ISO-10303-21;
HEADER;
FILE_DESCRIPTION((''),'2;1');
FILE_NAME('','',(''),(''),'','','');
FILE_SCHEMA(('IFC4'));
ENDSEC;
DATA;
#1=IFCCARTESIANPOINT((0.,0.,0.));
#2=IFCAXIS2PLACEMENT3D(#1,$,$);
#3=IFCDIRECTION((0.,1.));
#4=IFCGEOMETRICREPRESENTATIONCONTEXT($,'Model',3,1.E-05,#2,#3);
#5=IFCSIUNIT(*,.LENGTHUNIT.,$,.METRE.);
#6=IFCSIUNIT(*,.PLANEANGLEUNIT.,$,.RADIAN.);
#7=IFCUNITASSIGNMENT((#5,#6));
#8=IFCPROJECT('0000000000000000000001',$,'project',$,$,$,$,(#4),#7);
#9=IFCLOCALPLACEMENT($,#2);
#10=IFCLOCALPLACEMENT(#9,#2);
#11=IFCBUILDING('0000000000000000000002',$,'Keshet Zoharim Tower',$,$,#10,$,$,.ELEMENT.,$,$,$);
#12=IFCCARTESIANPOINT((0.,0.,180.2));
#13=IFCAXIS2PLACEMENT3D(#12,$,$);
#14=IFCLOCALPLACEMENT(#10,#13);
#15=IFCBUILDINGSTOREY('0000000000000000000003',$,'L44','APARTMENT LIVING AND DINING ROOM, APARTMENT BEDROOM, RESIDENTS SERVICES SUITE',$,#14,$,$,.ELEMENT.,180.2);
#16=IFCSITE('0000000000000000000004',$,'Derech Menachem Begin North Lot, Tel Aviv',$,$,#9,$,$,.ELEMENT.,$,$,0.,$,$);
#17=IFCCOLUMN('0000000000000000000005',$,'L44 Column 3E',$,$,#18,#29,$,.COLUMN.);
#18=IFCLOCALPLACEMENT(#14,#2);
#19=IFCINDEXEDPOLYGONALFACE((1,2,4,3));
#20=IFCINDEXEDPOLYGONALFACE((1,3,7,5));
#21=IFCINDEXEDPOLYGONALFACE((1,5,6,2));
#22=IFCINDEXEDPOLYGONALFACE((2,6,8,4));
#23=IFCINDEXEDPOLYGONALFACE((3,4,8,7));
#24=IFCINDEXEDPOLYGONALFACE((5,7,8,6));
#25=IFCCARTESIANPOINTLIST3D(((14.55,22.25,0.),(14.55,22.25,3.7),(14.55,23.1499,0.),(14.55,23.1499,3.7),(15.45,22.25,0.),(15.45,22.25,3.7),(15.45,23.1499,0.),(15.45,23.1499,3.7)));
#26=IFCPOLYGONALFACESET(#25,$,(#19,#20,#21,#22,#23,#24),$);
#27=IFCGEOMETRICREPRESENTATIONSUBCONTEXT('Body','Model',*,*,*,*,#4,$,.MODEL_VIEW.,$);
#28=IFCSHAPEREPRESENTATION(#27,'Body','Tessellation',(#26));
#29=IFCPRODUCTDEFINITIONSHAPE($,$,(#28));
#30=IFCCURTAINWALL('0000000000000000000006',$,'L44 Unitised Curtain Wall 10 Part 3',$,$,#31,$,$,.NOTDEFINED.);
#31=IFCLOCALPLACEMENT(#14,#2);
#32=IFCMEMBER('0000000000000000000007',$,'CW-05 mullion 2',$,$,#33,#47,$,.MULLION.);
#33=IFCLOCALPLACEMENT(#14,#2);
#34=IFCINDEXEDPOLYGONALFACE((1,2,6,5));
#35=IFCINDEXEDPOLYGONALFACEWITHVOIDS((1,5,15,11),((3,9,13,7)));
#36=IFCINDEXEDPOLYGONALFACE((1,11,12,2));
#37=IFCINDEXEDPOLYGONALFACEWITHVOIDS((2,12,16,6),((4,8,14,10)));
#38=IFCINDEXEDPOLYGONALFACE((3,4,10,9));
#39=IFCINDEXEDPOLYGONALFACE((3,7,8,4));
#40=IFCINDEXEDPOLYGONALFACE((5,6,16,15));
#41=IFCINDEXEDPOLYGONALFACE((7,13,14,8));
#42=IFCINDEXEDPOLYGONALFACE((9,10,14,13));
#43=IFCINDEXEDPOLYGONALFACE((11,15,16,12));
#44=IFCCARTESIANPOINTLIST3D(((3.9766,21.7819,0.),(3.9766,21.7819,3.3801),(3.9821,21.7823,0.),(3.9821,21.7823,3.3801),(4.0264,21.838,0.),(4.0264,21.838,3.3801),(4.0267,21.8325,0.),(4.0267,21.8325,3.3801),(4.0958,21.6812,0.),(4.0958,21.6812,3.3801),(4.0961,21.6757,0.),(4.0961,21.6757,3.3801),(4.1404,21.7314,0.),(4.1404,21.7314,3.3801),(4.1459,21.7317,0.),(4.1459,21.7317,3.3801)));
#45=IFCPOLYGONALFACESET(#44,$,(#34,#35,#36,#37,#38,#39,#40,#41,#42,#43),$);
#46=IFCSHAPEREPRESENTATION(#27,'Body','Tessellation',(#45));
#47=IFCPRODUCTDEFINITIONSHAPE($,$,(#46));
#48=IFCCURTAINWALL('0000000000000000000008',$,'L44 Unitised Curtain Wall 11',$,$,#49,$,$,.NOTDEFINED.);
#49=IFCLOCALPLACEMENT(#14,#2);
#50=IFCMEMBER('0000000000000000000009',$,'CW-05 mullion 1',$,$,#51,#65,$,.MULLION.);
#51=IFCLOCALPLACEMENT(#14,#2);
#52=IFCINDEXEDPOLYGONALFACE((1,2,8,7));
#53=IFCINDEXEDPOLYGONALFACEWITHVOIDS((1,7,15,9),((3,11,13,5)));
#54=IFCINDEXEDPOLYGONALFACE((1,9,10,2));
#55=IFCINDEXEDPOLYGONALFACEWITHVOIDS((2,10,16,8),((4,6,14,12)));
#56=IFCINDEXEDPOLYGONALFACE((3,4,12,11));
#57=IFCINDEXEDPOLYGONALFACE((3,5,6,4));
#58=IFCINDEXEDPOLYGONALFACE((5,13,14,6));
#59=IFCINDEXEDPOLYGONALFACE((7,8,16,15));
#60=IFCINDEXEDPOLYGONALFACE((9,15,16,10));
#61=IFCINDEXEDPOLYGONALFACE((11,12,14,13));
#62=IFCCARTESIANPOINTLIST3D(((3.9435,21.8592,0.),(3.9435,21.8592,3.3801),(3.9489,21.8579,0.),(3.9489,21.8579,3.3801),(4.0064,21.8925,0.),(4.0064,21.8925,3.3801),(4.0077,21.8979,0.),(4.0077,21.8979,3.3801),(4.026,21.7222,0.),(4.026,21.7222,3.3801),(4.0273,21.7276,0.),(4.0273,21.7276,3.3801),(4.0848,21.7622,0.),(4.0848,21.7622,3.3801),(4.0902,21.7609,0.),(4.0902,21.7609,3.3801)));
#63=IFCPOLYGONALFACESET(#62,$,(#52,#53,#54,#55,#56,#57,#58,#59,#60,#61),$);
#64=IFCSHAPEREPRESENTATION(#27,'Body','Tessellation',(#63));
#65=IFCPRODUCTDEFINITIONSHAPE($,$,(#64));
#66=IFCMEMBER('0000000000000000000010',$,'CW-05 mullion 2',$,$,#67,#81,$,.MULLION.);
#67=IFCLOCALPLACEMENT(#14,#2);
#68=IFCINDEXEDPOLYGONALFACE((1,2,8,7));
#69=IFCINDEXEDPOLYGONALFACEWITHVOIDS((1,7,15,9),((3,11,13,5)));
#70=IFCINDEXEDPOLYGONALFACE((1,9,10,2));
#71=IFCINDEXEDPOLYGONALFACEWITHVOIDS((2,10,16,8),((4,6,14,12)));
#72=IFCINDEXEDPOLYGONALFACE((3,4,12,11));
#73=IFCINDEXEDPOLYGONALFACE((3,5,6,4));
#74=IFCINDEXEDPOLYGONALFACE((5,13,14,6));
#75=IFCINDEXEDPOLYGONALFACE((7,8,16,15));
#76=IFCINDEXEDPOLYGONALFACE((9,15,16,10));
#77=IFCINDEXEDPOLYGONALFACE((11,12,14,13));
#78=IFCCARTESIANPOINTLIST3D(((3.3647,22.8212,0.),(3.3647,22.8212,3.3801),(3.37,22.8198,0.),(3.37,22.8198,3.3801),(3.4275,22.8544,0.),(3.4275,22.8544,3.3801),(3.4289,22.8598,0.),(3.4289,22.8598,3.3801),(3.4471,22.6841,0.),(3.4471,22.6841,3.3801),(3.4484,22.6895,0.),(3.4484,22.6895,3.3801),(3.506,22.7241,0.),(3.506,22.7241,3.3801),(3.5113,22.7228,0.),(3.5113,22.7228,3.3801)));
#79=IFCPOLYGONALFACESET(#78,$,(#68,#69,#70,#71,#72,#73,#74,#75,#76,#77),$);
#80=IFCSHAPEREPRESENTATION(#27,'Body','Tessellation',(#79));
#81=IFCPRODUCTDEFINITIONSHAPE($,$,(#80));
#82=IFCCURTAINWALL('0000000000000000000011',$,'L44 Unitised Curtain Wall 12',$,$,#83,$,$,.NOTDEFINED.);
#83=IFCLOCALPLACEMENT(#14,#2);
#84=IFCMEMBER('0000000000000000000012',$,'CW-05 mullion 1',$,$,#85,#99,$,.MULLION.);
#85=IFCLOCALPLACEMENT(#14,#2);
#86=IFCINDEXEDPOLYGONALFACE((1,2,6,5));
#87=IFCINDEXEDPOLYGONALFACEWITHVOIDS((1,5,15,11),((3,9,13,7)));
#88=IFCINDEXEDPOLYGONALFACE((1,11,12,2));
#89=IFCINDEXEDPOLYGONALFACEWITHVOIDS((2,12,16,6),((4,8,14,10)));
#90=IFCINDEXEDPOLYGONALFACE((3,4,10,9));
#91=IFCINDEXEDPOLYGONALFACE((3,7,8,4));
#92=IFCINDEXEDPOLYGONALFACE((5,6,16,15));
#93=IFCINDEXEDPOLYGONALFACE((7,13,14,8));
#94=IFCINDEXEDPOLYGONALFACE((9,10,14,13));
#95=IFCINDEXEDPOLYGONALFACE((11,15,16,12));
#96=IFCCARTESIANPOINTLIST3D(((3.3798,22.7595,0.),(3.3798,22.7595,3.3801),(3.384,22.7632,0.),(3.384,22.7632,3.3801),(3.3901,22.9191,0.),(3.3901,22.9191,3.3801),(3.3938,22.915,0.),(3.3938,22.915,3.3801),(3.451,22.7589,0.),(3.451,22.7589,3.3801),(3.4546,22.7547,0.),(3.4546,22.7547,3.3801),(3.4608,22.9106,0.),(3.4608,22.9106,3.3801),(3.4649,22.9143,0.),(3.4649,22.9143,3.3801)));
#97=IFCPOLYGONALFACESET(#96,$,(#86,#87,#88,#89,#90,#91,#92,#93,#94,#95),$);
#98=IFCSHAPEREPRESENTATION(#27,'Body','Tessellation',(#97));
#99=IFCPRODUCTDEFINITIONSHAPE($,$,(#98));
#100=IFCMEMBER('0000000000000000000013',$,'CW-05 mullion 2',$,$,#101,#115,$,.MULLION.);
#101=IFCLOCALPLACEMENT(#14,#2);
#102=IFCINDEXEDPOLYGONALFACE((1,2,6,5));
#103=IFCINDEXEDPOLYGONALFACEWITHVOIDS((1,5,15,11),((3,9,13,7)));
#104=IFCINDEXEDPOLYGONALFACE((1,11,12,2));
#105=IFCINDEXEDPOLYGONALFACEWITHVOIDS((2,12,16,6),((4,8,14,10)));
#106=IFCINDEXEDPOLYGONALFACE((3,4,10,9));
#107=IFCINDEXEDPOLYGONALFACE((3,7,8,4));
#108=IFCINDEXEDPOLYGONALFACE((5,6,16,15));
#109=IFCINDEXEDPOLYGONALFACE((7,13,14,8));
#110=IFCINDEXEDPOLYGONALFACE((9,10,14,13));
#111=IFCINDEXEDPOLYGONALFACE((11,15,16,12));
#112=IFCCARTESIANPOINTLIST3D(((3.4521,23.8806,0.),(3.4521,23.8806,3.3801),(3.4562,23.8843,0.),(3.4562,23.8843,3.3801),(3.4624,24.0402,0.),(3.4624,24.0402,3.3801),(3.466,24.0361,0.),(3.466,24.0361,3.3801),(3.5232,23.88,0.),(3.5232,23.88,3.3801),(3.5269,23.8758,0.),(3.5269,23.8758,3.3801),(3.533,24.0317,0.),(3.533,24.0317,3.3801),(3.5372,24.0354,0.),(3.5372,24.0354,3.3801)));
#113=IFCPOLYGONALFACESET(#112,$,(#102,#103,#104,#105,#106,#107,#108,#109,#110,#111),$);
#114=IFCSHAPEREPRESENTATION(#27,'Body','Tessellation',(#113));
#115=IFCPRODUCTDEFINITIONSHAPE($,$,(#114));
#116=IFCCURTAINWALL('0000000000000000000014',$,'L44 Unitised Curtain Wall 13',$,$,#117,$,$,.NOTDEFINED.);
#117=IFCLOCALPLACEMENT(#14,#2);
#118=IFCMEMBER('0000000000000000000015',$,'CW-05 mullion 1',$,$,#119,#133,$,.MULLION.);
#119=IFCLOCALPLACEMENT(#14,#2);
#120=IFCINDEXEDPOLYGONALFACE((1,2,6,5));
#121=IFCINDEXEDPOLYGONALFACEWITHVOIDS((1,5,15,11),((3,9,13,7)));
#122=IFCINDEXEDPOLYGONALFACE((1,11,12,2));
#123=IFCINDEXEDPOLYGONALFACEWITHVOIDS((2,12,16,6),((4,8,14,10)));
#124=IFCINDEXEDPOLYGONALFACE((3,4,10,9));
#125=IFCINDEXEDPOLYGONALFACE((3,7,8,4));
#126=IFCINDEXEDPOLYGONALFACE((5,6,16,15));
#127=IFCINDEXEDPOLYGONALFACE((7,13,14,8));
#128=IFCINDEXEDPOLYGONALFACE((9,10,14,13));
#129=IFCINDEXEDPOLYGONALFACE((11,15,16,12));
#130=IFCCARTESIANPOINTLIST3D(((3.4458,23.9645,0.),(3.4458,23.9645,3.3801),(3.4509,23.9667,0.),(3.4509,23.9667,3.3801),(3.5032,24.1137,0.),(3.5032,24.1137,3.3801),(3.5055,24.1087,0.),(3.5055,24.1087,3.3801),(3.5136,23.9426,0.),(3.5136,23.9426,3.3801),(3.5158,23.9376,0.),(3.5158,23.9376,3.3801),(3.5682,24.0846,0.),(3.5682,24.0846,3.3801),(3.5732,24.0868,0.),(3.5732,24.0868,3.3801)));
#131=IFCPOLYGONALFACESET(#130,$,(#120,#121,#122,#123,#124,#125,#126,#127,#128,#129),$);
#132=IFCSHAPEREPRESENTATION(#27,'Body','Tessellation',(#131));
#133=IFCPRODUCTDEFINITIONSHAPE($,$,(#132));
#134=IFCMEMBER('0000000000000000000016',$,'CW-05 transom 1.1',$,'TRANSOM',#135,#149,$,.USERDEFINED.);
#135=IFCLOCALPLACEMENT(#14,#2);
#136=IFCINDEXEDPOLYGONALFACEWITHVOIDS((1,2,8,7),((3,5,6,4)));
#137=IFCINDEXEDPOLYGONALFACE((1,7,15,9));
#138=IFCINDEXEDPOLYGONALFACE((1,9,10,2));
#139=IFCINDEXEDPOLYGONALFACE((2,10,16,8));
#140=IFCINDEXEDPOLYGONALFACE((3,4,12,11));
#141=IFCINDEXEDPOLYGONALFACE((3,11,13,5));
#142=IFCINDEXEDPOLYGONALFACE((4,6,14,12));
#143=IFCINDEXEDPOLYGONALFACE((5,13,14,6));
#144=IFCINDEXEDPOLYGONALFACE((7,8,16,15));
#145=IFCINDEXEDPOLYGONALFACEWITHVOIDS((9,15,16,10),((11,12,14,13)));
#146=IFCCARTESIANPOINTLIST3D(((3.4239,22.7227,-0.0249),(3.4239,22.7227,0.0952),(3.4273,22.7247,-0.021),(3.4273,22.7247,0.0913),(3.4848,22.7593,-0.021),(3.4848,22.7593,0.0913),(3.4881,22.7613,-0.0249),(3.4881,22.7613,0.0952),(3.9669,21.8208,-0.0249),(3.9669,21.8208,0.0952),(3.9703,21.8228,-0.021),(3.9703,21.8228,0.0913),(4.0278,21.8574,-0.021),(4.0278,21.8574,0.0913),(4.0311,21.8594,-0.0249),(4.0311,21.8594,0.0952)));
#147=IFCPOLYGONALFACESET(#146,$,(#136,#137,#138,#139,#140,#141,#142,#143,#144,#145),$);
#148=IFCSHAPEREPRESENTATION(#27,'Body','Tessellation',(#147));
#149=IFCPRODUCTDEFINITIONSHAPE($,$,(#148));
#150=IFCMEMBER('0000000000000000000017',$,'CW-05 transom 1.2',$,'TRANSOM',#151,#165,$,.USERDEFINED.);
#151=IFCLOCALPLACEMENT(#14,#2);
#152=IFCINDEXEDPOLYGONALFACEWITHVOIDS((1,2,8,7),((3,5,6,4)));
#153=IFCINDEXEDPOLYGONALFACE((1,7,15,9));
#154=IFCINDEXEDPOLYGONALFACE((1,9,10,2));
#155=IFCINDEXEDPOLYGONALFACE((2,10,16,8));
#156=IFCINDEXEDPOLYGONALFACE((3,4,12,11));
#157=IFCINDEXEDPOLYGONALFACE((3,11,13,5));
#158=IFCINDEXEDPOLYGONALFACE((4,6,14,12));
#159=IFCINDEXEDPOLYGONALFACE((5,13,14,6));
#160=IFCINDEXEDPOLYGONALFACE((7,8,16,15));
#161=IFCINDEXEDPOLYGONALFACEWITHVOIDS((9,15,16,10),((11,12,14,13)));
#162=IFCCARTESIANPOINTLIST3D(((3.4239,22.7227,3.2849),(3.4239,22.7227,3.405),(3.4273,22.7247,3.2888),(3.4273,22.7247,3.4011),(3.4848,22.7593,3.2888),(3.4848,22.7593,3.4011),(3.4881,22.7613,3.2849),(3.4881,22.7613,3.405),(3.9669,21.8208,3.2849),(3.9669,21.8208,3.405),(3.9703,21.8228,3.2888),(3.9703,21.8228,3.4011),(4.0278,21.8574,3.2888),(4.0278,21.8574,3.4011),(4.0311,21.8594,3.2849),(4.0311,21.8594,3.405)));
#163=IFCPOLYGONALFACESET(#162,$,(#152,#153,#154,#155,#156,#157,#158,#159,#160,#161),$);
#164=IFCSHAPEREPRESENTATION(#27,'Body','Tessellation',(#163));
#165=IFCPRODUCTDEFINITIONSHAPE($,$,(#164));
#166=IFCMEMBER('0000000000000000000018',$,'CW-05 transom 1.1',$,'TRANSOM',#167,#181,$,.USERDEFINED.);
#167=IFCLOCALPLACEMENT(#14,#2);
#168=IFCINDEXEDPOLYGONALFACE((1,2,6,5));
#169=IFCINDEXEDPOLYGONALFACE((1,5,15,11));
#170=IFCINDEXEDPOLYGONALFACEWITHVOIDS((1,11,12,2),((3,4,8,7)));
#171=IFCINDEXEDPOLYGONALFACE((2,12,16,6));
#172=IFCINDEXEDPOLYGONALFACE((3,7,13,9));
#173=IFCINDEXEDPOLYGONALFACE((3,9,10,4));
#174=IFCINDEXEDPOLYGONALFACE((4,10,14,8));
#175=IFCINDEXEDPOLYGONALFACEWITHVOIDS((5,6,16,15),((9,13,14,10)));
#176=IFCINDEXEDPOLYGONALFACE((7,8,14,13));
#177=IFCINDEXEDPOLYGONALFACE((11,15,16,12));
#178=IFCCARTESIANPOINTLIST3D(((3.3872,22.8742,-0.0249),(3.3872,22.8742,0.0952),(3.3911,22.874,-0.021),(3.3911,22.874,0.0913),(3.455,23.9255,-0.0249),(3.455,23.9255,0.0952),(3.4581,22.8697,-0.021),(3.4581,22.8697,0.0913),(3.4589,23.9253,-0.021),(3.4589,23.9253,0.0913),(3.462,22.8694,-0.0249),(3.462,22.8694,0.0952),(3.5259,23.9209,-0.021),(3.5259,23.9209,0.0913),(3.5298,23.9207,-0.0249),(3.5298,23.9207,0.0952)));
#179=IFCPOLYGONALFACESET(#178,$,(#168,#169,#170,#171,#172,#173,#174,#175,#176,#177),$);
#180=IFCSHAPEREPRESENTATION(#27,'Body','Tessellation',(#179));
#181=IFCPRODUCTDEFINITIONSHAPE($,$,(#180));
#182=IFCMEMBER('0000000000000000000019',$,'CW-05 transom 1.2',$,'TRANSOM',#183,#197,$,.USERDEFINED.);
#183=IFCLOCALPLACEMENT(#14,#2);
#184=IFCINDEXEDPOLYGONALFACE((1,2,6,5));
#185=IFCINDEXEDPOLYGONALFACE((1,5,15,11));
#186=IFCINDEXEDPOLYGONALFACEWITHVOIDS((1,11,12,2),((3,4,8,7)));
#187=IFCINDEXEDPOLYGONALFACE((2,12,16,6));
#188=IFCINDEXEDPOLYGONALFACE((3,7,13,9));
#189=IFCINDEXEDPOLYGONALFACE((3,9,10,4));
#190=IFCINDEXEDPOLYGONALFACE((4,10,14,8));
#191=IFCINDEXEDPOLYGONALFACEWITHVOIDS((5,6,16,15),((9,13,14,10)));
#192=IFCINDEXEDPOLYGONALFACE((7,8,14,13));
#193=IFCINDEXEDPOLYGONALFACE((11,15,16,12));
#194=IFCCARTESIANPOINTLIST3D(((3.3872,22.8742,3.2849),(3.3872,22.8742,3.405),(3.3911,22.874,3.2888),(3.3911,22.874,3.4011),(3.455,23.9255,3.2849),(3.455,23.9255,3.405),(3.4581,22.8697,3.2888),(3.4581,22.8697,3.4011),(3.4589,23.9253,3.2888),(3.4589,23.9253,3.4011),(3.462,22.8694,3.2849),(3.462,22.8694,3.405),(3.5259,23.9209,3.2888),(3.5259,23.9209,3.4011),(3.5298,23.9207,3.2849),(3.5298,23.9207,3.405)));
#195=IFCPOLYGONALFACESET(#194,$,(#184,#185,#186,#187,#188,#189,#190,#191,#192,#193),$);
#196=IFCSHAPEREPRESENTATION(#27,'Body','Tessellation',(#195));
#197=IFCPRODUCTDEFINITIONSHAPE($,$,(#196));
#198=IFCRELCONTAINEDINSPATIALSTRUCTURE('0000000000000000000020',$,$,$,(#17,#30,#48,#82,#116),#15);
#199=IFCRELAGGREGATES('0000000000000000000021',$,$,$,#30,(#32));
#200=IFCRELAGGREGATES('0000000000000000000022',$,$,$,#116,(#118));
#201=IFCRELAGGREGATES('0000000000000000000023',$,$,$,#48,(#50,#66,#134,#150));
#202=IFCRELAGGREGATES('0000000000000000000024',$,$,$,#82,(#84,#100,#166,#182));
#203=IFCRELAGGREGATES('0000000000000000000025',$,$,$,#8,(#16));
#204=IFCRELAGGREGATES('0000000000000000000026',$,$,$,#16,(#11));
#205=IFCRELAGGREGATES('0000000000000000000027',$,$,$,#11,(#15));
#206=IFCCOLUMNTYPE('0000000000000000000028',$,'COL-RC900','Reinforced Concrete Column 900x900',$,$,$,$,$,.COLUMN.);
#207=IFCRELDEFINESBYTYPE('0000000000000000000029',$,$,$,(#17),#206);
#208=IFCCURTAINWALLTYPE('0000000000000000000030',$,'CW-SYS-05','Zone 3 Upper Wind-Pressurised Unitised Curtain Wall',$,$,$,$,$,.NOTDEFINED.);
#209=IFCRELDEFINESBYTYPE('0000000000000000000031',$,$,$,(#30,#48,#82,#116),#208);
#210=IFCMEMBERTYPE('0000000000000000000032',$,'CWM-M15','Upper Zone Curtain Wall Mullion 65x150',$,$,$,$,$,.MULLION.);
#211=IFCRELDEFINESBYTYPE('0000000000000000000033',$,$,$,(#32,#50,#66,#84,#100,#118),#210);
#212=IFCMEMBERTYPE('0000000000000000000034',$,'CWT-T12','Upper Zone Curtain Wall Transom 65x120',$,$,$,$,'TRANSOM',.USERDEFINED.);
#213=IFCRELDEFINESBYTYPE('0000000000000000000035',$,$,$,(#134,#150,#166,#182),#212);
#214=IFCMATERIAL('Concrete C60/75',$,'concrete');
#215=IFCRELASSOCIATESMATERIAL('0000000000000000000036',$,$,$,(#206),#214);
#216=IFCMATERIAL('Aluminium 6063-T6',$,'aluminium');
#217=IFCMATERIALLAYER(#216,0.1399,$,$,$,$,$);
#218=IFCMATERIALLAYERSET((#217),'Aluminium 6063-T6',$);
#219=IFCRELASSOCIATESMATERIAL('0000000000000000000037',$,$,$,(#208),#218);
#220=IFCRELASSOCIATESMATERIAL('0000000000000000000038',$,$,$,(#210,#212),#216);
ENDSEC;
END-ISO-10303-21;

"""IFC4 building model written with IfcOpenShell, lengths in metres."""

from ifc_helpers import new_model, si_unit, direction, frame, origin, origin_2d, place, context, subcontext, project, spatial, rectangle, hollow_rectangle, extrude, material, layer, layer_set, material_profile, profile_set, type_object, element, aggregate, save


model = new_model("IFC4")

# Units and contexts
model_context = context("Model", 3, precision=1e-05, world=origin(), true_north=direction((0.0, 1.0)))
body_context = subcontext(model_context, "Body", "Model", "MODEL_VIEW")
ifc_project = project(units=[si_unit("LENGTHUNIT", "METRE"), si_unit("PLANEANGLEUNIT", "RADIAN")], contexts=[model_context])

# Site, building, storey
site_placement = place(None, origin())
site = spatial("IfcSite", under=ifc_project, at=site_placement, Name="Derech Menachem Begin North Lot, Tel Aviv", CompositionType="ELEMENT", RefElevation=0.0)
building_placement = place(site_placement, origin())
building = spatial("IfcBuilding", under=site, at=building_placement, Name="Keshet Zoharim Tower", CompositionType="ELEMENT")
storey_placement = place(building_placement, frame((0.0, 0.0, 180.2)))
storey = spatial("IfcBuildingStorey", under=building, at=storey_placement, Name="L44", Description="APARTMENT LIVING AND DINING ROOM, APARTMENT BEDROOM, RESIDENTS SERVICES SUITE", CompositionType="ELEMENT", Elevation=180.2)

# Column
ifc_material_1 = material(Name="Concrete C60/75", Category="concrete")
ifc_material_profile_1 = material_profile(ifc_material_1, rectangle(XDim=0.8999, YDim=0.8999, at=origin_2d()), Name="RC900x900")
ifc_profile_set_1 = profile_set([ifc_material_profile_1], Name="Concrete C60/75")
column_type = type_object("IfcColumnType", Name="COL-RC900", Description="Reinforced Concrete Column 900x900", PredefinedType="COLUMN", material=ifc_profile_set_1)
column_placement = place(storey_placement, frame((15.0, 22.7, 0.0), z_axis=(0.0, 0.0, 1.0), x_axis=(1.0, 0.0, 0.0)))
element("IfcColumn", 1, at=column_placement, inside=storey, type_object=column_type, Name="L44 Column 3E", PredefinedType="COLUMN", context=body_context, shape_type="SweptSolid", body=[
    extrude(rectangle(XDim=0.8999, YDim=0.8999, at=origin_2d()), origin(), (0.0, 0.0, 1.0), 3.7),
])

# Curtain wall, member
ifc_material_2 = material(Name="Aluminium 6063-T6", Category="aluminium")
ifc_layer_1 = layer(ifc_material_2, 0.1399)
ifc_layer_set_1 = layer_set([ifc_layer_1], Name="Aluminium 6063-T6")
curtain_wall_type = type_object("IfcCurtainWallType", Name="CW-SYS-05", Description="Zone 3 Upper Wind-Pressurised Unitised Curtain Wall", PredefinedType="NOTDEFINED", material=ifc_layer_set_1)
curtain_wall_1_placement = place(storey_placement, origin())
curtain_wall_1 = element("IfcCurtainWall", 2, at=curtain_wall_1_placement, inside=storey, type_object=curtain_wall_type, Name="L44 Unitised Curtain Wall 10 Part 3", PredefinedType="NOTDEFINED")
ifc_material_profile_2 = material_profile(ifc_material_2, hollow_rectangle(XDim=0.075, YDim=0.1599, WallThickness=0.0039, at=origin_2d()), Name="MUL-75x160")
ifc_profile_set_2 = profile_set([ifc_material_profile_2], Name="Aluminium 6063-T6")
member_type_1 = type_object("IfcMemberType", Name="CWM-M15", Description="Upper Zone Curtain Wall Mullion 65x150", PredefinedType="MULLION", material=ifc_profile_set_2)
member_1_placement = place(storey_placement, frame((4.0613, 21.7568, 0.0), z_axis=(0.0, 0.0, 1.0), x_axis=(-0.664363, -0.74741, 0.0)))
member_1 = element("IfcMember", 3, at=member_1_placement, type_object=member_type_1, Name="CW-05 mullion 2", PredefinedType="MULLION", context=body_context, shape_type="SweptSolid", body=[
    extrude(hollow_rectangle(XDim=0.075, YDim=0.1599, WallThickness=0.0039, at=origin_2d()), origin(), (0.0, 0.0, 1.0), 3.3801),
])
aggregate(curtain_wall_1, [member_1])

# Curtain walls, members
curtain_wall_2_placement = place(storey_placement, origin())
curtain_wall_2 = element("IfcCurtainWall", 4, at=curtain_wall_2_placement, inside=storey, type_object=curtain_wall_type, Name="L44 Unitised Curtain Wall 11", PredefinedType="NOTDEFINED")
member_2_placement = place(storey_placement, frame((4.0168, 21.8101, 0.0), z_axis=(0.0, 0.0, 1.0), x_axis=(-0.856826, -0.515605, 0.0)))
member_2 = element("IfcMember", 5, at=member_2_placement, type_object=member_type_1, Name="CW-05 mullion 1", PredefinedType="MULLION", context=body_context, shape_type="SweptSolid", body=[
    extrude(hollow_rectangle(XDim=0.075, YDim=0.1599, WallThickness=0.0039, at=origin_2d()), origin(), (0.0, 0.0, 1.0), 3.3801),
])
member_3_placement = place(storey_placement, frame((3.438, 22.772, 0.0), z_axis=(0.0, 0.0, 1.0), x_axis=(-0.856826, -0.515605, 0.0)))
member_3 = element("IfcMember", 6, at=member_3_placement, type_object=member_type_1, Name="CW-05 mullion 2", PredefinedType="MULLION", context=body_context, shape_type="SweptSolid", body=[
    extrude(hollow_rectangle(XDim=0.075, YDim=0.1599, WallThickness=0.0039, at=origin_2d()), origin(), (0.0, 0.0, 1.0), 3.3801),
])
curtain_wall_3_placement = place(storey_placement, origin())
curtain_wall_3 = element("IfcCurtainWall", 7, at=curtain_wall_3_placement, inside=storey, type_object=curtain_wall_type, Name="L44 Unitised Curtain Wall 12", PredefinedType="NOTDEFINED")
member_4_placement = place(storey_placement, frame((3.4224, 22.8369, 0.0), z_axis=(0.0, 0.0, 1.0), x_axis=(-0.997917, 0.064517, 0.0)))
member_4 = element("IfcMember", 8, at=member_4_placement, type_object=member_type_1, Name="CW-05 mullion 1", PredefinedType="MULLION", context=body_context, shape_type="SweptSolid", body=[
    extrude(hollow_rectangle(XDim=0.075, YDim=0.1599, WallThickness=0.0039, at=origin_2d()), origin(), (0.0, 0.0, 1.0), 3.3801),
])
member_5_placement = place(storey_placement, frame((3.4946, 23.958, 0.0), z_axis=(0.0, 0.0, 1.0), x_axis=(-0.997917, 0.064517, 0.0)))
member_5 = element("IfcMember", 9, at=member_5_placement, type_object=member_type_1, Name="CW-05 mullion 2", PredefinedType="MULLION", context=body_context, shape_type="SweptSolid", body=[
    extrude(hollow_rectangle(XDim=0.075, YDim=0.1599, WallThickness=0.0039, at=origin_2d()), origin(), (0.0, 0.0, 1.0), 3.3801),
])

# Curtain wall, member
curtain_wall_4_placement = place(storey_placement, origin())
curtain_wall_4 = element("IfcCurtainWall", 10, at=curtain_wall_4_placement, inside=storey, type_object=curtain_wall_type, Name="L44 Unitised Curtain Wall 13", PredefinedType="NOTDEFINED")
member_6_placement = place(storey_placement, frame((3.5095, 24.0256, 0.0), z_axis=(0.0, 0.0, 1.0), x_axis=(-0.933341, 0.35899, 0.0)))
member_6 = element("IfcMember", 11, at=member_6_placement, type_object=member_type_1, Name="CW-05 mullion 1", PredefinedType="MULLION", context=body_context, shape_type="SweptSolid", body=[
    extrude(hollow_rectangle(XDim=0.075, YDim=0.1599, WallThickness=0.0039, at=origin_2d()), origin(), (0.0, 0.0, 1.0), 3.3801),
])

# Members
ifc_material_profile_3 = material_profile(ifc_material_2, hollow_rectangle(XDim=0.075, YDim=0.1201, WallThickness=0.0039, at=origin_2d()), Name="TRN-75x120")
ifc_profile_set_3 = profile_set([ifc_material_profile_3], Name="Aluminium 6063-T6")
member_type_2 = type_object("IfcMemberType", Name="CWT-T12", Description="Upper Zone Curtain Wall Transom 65x120", ElementType="TRANSOM", PredefinedType="USERDEFINED", material=ifc_profile_set_3)
member_7_placement = place(storey_placement, frame((3.999, 21.8401, 0.0352), z_axis=(-0.515791, 0.856714, 0.0), x_axis=(-0.856714, -0.515791, 0.0)))
member_7 = element("IfcMember", 12, at=member_7_placement, type_object=member_type_2, Name="CW-05 transom 1.1", ObjectType="TRANSOM", PredefinedType="USERDEFINED", context=body_context, shape_type="SweptSolid", body=[
    extrude(hollow_rectangle(XDim=0.075, YDim=0.1201, WallThickness=0.0039, at=origin_2d()), origin(), (0.0, 0.0, 1.0), 1.0527),
])
member_8_placement = place(storey_placement, frame((3.999, 21.8401, 3.345), z_axis=(-0.515791, 0.856714, 0.0), x_axis=(-0.856714, -0.515791, 0.0)))
member_8 = element("IfcMember", 13, at=member_8_placement, type_object=member_type_2, Name="CW-05 transom 1.2", ObjectType="TRANSOM", PredefinedType="USERDEFINED", context=body_context, shape_type="SweptSolid", body=[
    extrude(hollow_rectangle(XDim=0.075, YDim=0.1201, WallThickness=0.0039, at=origin_2d()), origin(), (0.0, 0.0, 1.0), 1.0527),
])
member_9_placement = place(storey_placement, frame((3.4246, 22.8718, 0.0352), z_axis=(0.064427, 0.997922, 0.0), x_axis=(-0.997922, 0.064427, 0.0)))
member_9 = element("IfcMember", 14, at=member_9_placement, type_object=member_type_2, Name="CW-05 transom 1.1", ObjectType="TRANSOM", PredefinedType="USERDEFINED", context=body_context, shape_type="SweptSolid", body=[
    extrude(hollow_rectangle(XDim=0.075, YDim=0.1201, WallThickness=0.0039, at=origin_2d()), origin(), (0.0, 0.0, 1.0), 1.0535),
])
member_10_placement = place(storey_placement, frame((3.4246, 22.8718, 3.345), z_axis=(0.064427, 0.997922, 0.0), x_axis=(-0.997922, 0.064427, 0.0)))
member_10 = element("IfcMember", 15, at=member_10_placement, type_object=member_type_2, Name="CW-05 transom 1.2", ObjectType="TRANSOM", PredefinedType="USERDEFINED", context=body_context, shape_type="SweptSolid", body=[
    extrude(hollow_rectangle(XDim=0.075, YDim=0.1201, WallThickness=0.0039, at=origin_2d()), origin(), (0.0, 0.0, 1.0), 1.0535),
])
aggregate(curtain_wall_4, [member_6])

aggregate(curtain_wall_2, [member_2, member_3, member_7, member_8])
aggregate(curtain_wall_3, [member_4, member_5, member_9, member_10])

save(model, "model.ifc")
